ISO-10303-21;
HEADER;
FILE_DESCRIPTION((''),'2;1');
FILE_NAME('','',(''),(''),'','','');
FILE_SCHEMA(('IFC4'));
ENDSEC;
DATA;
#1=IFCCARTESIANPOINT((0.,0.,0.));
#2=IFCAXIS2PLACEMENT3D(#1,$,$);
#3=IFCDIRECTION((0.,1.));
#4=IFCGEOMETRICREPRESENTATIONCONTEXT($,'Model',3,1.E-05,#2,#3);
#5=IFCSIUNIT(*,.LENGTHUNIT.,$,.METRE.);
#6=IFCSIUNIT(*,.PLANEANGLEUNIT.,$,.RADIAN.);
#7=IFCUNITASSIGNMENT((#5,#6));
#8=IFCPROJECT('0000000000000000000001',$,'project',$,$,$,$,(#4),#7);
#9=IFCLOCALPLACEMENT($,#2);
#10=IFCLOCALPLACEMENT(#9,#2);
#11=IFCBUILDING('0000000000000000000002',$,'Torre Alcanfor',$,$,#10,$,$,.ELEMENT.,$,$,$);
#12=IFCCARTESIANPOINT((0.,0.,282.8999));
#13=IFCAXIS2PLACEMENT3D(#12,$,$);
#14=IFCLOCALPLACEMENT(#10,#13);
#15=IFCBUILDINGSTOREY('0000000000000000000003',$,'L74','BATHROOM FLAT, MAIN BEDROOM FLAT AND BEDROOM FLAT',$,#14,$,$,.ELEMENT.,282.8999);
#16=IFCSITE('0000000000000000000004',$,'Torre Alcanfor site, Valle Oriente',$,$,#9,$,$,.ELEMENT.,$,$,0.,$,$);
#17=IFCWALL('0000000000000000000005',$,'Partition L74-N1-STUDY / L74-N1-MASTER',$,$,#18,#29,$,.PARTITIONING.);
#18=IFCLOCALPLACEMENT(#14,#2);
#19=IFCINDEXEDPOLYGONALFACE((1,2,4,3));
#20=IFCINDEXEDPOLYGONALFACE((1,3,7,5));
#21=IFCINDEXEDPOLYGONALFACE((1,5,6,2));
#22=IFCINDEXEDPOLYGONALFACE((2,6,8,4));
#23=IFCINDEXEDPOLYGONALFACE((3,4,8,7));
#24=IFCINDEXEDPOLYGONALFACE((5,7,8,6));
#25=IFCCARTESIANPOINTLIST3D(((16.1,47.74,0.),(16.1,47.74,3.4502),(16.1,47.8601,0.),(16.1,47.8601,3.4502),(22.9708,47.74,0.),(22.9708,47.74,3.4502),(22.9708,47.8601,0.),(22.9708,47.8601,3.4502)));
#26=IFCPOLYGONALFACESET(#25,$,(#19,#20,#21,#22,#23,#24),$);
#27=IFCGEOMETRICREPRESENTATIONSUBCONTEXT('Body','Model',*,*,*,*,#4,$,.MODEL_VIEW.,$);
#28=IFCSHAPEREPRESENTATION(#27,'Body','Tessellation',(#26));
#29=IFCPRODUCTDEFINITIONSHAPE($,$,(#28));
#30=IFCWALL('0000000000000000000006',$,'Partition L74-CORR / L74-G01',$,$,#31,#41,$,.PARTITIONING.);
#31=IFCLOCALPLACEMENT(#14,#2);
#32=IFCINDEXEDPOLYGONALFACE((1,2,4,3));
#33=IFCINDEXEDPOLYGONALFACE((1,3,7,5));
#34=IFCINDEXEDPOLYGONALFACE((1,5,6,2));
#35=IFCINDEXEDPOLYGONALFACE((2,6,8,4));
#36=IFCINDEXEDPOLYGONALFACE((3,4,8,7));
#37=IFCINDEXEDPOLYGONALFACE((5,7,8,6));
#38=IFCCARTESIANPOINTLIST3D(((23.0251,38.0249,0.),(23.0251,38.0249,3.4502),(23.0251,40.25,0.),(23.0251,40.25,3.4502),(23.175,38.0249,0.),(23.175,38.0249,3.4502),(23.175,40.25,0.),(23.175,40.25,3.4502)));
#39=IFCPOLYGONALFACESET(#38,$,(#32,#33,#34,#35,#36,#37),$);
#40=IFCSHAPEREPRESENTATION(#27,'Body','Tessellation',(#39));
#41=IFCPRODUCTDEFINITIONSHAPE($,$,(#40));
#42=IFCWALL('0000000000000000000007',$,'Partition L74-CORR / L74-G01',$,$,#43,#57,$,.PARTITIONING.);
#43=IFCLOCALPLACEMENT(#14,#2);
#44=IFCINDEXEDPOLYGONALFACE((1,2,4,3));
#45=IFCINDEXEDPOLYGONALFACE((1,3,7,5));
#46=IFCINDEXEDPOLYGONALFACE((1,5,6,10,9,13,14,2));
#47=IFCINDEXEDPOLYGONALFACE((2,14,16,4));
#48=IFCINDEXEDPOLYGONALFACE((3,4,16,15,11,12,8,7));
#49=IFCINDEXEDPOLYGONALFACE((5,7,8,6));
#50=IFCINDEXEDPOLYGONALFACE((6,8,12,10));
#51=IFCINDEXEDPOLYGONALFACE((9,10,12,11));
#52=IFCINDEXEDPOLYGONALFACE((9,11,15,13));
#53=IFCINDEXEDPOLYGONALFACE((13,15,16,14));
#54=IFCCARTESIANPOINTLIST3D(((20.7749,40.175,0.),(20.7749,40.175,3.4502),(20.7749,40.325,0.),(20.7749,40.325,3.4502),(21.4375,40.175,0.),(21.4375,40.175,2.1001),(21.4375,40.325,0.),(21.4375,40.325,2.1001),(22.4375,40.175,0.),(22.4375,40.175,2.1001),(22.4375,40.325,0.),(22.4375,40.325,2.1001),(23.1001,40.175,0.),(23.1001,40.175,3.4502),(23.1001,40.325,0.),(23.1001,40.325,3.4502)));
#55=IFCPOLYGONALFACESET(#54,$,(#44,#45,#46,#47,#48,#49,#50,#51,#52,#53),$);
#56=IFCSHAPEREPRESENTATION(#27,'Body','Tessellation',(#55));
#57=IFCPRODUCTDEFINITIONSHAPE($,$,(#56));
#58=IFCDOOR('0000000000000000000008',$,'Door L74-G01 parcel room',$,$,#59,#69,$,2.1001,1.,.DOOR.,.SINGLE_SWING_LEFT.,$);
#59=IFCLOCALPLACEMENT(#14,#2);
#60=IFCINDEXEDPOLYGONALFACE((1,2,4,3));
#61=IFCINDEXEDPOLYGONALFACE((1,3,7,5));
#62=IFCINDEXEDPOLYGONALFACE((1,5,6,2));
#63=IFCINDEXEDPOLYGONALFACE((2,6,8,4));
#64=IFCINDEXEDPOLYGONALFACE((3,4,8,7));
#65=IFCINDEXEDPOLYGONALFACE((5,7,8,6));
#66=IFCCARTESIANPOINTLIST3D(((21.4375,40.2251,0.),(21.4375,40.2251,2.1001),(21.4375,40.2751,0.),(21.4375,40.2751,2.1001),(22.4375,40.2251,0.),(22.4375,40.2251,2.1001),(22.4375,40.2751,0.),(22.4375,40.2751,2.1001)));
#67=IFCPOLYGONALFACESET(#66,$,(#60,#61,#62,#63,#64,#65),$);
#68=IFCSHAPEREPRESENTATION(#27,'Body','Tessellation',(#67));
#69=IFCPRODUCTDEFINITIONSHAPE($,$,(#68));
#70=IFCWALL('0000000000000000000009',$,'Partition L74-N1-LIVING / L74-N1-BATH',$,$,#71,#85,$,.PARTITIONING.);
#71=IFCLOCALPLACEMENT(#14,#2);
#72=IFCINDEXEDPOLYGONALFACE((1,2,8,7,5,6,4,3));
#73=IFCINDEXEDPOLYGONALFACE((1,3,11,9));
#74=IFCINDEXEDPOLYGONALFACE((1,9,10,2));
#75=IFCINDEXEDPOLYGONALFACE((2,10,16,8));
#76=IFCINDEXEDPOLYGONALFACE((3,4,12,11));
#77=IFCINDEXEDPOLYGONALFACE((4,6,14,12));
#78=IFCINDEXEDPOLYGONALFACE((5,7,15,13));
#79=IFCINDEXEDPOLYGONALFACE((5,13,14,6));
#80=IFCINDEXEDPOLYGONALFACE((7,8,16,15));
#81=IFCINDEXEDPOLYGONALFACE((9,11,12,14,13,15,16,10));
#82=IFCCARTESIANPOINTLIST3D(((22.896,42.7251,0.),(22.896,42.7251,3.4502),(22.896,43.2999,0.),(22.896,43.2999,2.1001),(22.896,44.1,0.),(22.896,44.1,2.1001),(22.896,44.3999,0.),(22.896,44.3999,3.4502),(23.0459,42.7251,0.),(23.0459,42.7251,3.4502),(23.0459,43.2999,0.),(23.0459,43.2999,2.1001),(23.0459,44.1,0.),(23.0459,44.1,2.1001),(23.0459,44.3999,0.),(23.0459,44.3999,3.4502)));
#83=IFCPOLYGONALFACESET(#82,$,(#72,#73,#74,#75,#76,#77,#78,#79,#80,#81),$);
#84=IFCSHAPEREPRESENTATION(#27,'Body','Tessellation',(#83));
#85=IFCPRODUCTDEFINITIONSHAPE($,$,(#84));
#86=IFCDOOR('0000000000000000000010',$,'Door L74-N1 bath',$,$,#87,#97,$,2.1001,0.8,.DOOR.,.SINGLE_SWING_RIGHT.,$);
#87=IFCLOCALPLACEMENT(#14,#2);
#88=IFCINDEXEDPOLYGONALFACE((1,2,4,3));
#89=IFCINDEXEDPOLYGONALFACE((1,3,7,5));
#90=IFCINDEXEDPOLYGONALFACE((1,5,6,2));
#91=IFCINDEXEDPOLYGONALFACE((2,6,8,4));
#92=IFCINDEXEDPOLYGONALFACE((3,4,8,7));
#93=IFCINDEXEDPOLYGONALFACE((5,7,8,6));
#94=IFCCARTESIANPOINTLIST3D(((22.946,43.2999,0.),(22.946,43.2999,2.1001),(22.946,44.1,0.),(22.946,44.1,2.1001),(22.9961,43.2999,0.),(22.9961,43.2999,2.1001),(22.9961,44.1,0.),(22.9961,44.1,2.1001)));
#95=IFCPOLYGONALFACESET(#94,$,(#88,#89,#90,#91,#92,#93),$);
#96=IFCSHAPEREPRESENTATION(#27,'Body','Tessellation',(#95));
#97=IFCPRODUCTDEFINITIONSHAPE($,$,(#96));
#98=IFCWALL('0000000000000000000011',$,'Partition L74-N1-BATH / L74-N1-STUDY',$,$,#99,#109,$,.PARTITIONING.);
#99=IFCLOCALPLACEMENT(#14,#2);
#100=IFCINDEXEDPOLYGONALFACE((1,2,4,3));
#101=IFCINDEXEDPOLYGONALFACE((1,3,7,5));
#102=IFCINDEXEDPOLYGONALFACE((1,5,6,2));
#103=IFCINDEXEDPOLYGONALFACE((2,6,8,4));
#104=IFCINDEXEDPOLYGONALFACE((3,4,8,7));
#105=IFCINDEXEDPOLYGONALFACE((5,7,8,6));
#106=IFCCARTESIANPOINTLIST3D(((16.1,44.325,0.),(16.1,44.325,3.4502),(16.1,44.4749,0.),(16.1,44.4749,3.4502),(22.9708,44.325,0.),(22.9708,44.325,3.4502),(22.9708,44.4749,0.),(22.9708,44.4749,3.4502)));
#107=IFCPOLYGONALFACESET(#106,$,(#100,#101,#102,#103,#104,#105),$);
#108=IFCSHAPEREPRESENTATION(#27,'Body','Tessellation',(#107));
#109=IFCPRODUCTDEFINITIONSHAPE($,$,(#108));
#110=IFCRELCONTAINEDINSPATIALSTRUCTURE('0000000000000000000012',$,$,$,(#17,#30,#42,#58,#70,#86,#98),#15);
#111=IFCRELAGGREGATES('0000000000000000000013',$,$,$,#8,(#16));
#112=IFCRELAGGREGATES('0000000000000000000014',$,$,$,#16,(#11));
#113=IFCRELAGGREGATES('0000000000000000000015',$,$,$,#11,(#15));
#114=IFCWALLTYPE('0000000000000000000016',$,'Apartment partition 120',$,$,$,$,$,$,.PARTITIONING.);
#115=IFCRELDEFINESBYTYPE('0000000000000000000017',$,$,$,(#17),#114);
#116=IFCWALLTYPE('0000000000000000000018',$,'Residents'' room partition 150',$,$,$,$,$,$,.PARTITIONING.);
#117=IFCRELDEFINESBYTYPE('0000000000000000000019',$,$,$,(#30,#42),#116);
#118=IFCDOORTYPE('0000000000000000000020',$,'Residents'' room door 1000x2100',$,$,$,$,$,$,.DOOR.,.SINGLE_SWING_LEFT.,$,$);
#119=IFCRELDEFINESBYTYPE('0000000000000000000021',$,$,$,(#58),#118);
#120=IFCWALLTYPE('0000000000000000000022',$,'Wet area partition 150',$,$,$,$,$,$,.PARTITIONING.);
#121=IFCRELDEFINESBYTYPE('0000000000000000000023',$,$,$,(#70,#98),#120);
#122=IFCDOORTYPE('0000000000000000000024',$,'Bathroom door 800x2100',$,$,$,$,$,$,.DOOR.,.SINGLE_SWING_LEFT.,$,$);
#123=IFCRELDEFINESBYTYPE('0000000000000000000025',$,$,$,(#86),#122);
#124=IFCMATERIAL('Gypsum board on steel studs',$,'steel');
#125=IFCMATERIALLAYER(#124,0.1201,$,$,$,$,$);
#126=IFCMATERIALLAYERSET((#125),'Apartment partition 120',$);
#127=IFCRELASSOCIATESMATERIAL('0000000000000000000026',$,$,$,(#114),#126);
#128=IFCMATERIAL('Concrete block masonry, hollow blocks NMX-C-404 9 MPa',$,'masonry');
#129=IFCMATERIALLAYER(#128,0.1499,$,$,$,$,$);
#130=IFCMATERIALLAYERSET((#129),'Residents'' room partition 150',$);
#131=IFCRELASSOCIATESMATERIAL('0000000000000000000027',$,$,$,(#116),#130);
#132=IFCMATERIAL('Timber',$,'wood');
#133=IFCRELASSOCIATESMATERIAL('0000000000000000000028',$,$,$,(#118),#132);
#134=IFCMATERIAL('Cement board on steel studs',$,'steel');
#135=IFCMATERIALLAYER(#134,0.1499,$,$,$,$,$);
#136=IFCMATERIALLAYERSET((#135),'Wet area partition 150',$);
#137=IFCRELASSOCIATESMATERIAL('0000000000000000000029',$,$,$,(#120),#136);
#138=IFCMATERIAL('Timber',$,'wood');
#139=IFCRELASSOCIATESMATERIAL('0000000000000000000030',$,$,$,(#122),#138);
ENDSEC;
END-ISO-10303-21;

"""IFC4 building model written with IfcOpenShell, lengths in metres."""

from ifc_helpers import new_model, si_unit, direction, frame, frame_2d, origin, place, context, subcontext, project, spatial, rectangle, extrude, material, layer, layer_set, type_object, element, fill, save


model = new_model("IFC4")

# Units and contexts
model_context = context("Model", 3, precision=1e-05, world=origin(), true_north=direction((0.0, 1.0)))
body_context = subcontext(model_context, "Body", "Model", "MODEL_VIEW")
ifc_project = project(units=[si_unit("LENGTHUNIT", "METRE"), si_unit("PLANEANGLEUNIT", "RADIAN")], contexts=[model_context])

# Site, building, storey
site_placement = place(None, origin())
site = spatial("IfcSite", under=ifc_project, at=site_placement, Name="Torre Alcanfor site, Valle Oriente", CompositionType="ELEMENT", RefElevation=0.0)
building_placement = place(site_placement, origin())
building = spatial("IfcBuilding", under=site, at=building_placement, Name="Torre Alcanfor", CompositionType="ELEMENT")
storey_placement = place(building_placement, frame((0.0, 0.0, 282.8999)))
storey = spatial("IfcBuildingStorey", under=building, at=storey_placement, Name="L74", Description="BATHROOM FLAT, MAIN BEDROOM FLAT AND BEDROOM FLAT", CompositionType="ELEMENT", Elevation=282.8999)

# Shared definitions
ifc_material_1 = material(Name="Gypsum board on steel studs", Category="steel")
ifc_layer_1 = layer(ifc_material_1, 0.1201)
ifc_layer_set_1 = layer_set([ifc_layer_1], Name="Apartment partition 120")
wall_type_1 = type_object("IfcWallType", Name="Apartment partition 120", PredefinedType="PARTITIONING", material=ifc_layer_set_1)

# Walls
wall_1_placement = place(storey_placement, frame((22.9709, 47.8, 0.0), z_axis=(0.0, 0.0, 1.0), x_axis=(-1.0, 0.0, 0.0)))
element("IfcWall", 1, at=wall_1_placement, inside=storey, type_object=wall_type_1, Name="Partition L74-N1-STUDY / L74-N1-MASTER", PredefinedType="PARTITIONING", context=body_context, shape_type="SweptSolid", body=[
    extrude(rectangle(XDim=6.8708, YDim=0.1201, at=frame_2d((3.4355, 0.0))), origin(), (0.0, 0.0, 1.0), 3.4502),
])
ifc_material_2 = material(Name="Concrete block masonry, hollow blocks NMX-C-404 9 MPa", Category="masonry")
ifc_layer_2 = layer(ifc_material_2, 0.1499)
ifc_layer_set_2 = layer_set([ifc_layer_2], Name="Residents' room partition 150")
wall_type_2 = type_object("IfcWallType", Name="Residents' room partition 150", PredefinedType="PARTITIONING", material=ifc_layer_set_2)
wall_2_placement = place(storey_placement, frame((23.1001, 38.0249, 0.0), z_axis=(0.0, 0.0, 1.0), x_axis=(0.0, 1.0, 0.0)))
element("IfcWall", 2, at=wall_2_placement, inside=storey, type_object=wall_type_2, Name="Partition L74-CORR / L74-G01", PredefinedType="PARTITIONING", context=body_context, shape_type="SweptSolid", body=[
    extrude(rectangle(XDim=2.2251, YDim=0.1499, at=frame_2d((1.1125, 0.0))), origin(), (0.0, 0.0, 1.0), 3.4502),
])

# Walls, openings, doors
wall_3_placement = place(storey_placement, frame((23.1001, 40.25, 0.0), z_axis=(0.0, 0.0, 1.0), x_axis=(-1.0, 0.0, 0.0)))
wall_3 = element("IfcWall", 3, at=wall_3_placement, inside=storey, type_object=wall_type_2, Name="Partition L74-CORR / L74-G01", PredefinedType="PARTITIONING", context=body_context, shape_type="SweptSolid", body=[
    extrude(rectangle(XDim=2.3252, YDim=0.1499, at=frame_2d((1.1626, 0.0))), origin(), (0.0, 0.0, 1.0), 3.4502),
])
opening_1_placement = place(wall_3_placement, frame((0.6626, 0.0, 0.0)))
opening_1 = element("IfcOpeningElement", 4, at=opening_1_placement, cuts=wall_3, PredefinedType="OPENING", context=body_context, shape_type="SweptSolid", body=[
    extrude(rectangle(XDim=1.0, YDim=2.1001, at=frame_2d((0.5, 1.05))), frame((0.0, 0.085, 0.0), z_axis=(0.0, -1.0, 0.0), x_axis=(1.0, 0.0, 0.0)), (0.0, 0.0, 1.0), 0.1699),
])
ifc_material_3 = material(Name="Timber", Category="wood")
door_type_1 = type_object("IfcDoorType", Name="Residents' room door 1000x2100", OperationType="SINGLE_SWING_LEFT", PredefinedType="DOOR", material=ifc_material_3)
door_1_placement = place(opening_1_placement, origin())
door_1 = element("IfcDoor", 5, at=door_1_placement, inside=storey, type_object=door_type_1, Name="Door L74-G01 parcel room", OperationType="SINGLE_SWING_LEFT", OverallHeight=2.1001, OverallWidth=1.0, PredefinedType="DOOR", context=body_context, shape_type="SweptSolid", body=[
    extrude(rectangle(XDim=1.0, YDim=2.1001, at=frame_2d((0.5, 1.05))), frame((0.0, 0.0249, 0.0), z_axis=(0.0, -1.0, 0.0), x_axis=(1.0, 0.0, 0.0)), (0.0, 0.0, 1.0), 0.05),
])
fill(opening_1, door_1)
ifc_material_4 = material(Name="Cement board on steel studs", Category="steel")
ifc_layer_3 = layer(ifc_material_4, 0.1499)
ifc_layer_set_3 = layer_set([ifc_layer_3], Name="Wet area partition 150")
wall_type_3 = type_object("IfcWallType", Name="Wet area partition 150", PredefinedType="PARTITIONING", material=ifc_layer_set_3)
wall_4_placement = place(storey_placement, frame((22.9709, 42.7251, 0.0), z_axis=(0.0, 0.0, 1.0), x_axis=(0.0, 1.0, 0.0)))
wall_4 = element("IfcWall", 6, at=wall_4_placement, inside=storey, type_object=wall_type_3, Name="Partition L74-N1-LIVING / L74-N1-BATH", PredefinedType="PARTITIONING", context=body_context, shape_type="SweptSolid", body=[
    extrude(rectangle(XDim=1.6748, YDim=0.1499, at=frame_2d((0.8374, 0.0))), origin(), (0.0, 0.0, 1.0), 3.4502),
])
opening_2_placement = place(wall_4_placement, frame((0.575, 0.0, 0.0)))
opening_2 = element("IfcOpeningElement", 7, at=opening_2_placement, cuts=wall_4, PredefinedType="OPENING", context=body_context, shape_type="SweptSolid", body=[
    extrude(rectangle(XDim=0.8, YDim=2.1001, at=frame_2d((0.3999, 1.05))), frame((0.0, 0.085, 0.0), z_axis=(0.0, -1.0, 0.0), x_axis=(1.0, 0.0, 0.0)), (0.0, 0.0, 1.0), 0.1699),
])
ifc_material_5 = material(Name="Timber", Category="wood")
door_type_2 = type_object("IfcDoorType", Name="Bathroom door 800x2100", OperationType="SINGLE_SWING_LEFT", PredefinedType="DOOR", material=ifc_material_5)
door_2_placement = place(opening_2_placement, origin())
door_2 = element("IfcDoor", 8, at=door_2_placement, inside=storey, type_object=door_type_2, Name="Door L74-N1 bath", OperationType="SINGLE_SWING_RIGHT", OverallHeight=2.1001, OverallWidth=0.8, PredefinedType="DOOR", context=body_context, shape_type="SweptSolid", body=[
    extrude(rectangle(XDim=0.8, YDim=2.1001, at=frame_2d((0.3999, 1.05))), frame((0.0, 0.0249, 0.0), z_axis=(0.0, -1.0, 0.0), x_axis=(1.0, 0.0, 0.0)), (0.0, 0.0, 1.0), 0.05),
])
fill(opening_2, door_2)

# Wall
wall_5_placement = place(storey_placement, frame((22.9709, 44.3999, 0.0), z_axis=(0.0, 0.0, 1.0), x_axis=(-1.0, 0.0, 0.0)))
element("IfcWall", 9, at=wall_5_placement, inside=storey, type_object=wall_type_3, Name="Partition L74-N1-BATH / L74-N1-STUDY", PredefinedType="PARTITIONING", context=body_context, shape_type="SweptSolid", body=[
    extrude(rectangle(XDim=6.8708, YDim=0.1499, at=frame_2d((3.4355, 0.0))), origin(), (0.0, 0.0, 1.0), 3.4502),
])

save(model, "model.ifc")
